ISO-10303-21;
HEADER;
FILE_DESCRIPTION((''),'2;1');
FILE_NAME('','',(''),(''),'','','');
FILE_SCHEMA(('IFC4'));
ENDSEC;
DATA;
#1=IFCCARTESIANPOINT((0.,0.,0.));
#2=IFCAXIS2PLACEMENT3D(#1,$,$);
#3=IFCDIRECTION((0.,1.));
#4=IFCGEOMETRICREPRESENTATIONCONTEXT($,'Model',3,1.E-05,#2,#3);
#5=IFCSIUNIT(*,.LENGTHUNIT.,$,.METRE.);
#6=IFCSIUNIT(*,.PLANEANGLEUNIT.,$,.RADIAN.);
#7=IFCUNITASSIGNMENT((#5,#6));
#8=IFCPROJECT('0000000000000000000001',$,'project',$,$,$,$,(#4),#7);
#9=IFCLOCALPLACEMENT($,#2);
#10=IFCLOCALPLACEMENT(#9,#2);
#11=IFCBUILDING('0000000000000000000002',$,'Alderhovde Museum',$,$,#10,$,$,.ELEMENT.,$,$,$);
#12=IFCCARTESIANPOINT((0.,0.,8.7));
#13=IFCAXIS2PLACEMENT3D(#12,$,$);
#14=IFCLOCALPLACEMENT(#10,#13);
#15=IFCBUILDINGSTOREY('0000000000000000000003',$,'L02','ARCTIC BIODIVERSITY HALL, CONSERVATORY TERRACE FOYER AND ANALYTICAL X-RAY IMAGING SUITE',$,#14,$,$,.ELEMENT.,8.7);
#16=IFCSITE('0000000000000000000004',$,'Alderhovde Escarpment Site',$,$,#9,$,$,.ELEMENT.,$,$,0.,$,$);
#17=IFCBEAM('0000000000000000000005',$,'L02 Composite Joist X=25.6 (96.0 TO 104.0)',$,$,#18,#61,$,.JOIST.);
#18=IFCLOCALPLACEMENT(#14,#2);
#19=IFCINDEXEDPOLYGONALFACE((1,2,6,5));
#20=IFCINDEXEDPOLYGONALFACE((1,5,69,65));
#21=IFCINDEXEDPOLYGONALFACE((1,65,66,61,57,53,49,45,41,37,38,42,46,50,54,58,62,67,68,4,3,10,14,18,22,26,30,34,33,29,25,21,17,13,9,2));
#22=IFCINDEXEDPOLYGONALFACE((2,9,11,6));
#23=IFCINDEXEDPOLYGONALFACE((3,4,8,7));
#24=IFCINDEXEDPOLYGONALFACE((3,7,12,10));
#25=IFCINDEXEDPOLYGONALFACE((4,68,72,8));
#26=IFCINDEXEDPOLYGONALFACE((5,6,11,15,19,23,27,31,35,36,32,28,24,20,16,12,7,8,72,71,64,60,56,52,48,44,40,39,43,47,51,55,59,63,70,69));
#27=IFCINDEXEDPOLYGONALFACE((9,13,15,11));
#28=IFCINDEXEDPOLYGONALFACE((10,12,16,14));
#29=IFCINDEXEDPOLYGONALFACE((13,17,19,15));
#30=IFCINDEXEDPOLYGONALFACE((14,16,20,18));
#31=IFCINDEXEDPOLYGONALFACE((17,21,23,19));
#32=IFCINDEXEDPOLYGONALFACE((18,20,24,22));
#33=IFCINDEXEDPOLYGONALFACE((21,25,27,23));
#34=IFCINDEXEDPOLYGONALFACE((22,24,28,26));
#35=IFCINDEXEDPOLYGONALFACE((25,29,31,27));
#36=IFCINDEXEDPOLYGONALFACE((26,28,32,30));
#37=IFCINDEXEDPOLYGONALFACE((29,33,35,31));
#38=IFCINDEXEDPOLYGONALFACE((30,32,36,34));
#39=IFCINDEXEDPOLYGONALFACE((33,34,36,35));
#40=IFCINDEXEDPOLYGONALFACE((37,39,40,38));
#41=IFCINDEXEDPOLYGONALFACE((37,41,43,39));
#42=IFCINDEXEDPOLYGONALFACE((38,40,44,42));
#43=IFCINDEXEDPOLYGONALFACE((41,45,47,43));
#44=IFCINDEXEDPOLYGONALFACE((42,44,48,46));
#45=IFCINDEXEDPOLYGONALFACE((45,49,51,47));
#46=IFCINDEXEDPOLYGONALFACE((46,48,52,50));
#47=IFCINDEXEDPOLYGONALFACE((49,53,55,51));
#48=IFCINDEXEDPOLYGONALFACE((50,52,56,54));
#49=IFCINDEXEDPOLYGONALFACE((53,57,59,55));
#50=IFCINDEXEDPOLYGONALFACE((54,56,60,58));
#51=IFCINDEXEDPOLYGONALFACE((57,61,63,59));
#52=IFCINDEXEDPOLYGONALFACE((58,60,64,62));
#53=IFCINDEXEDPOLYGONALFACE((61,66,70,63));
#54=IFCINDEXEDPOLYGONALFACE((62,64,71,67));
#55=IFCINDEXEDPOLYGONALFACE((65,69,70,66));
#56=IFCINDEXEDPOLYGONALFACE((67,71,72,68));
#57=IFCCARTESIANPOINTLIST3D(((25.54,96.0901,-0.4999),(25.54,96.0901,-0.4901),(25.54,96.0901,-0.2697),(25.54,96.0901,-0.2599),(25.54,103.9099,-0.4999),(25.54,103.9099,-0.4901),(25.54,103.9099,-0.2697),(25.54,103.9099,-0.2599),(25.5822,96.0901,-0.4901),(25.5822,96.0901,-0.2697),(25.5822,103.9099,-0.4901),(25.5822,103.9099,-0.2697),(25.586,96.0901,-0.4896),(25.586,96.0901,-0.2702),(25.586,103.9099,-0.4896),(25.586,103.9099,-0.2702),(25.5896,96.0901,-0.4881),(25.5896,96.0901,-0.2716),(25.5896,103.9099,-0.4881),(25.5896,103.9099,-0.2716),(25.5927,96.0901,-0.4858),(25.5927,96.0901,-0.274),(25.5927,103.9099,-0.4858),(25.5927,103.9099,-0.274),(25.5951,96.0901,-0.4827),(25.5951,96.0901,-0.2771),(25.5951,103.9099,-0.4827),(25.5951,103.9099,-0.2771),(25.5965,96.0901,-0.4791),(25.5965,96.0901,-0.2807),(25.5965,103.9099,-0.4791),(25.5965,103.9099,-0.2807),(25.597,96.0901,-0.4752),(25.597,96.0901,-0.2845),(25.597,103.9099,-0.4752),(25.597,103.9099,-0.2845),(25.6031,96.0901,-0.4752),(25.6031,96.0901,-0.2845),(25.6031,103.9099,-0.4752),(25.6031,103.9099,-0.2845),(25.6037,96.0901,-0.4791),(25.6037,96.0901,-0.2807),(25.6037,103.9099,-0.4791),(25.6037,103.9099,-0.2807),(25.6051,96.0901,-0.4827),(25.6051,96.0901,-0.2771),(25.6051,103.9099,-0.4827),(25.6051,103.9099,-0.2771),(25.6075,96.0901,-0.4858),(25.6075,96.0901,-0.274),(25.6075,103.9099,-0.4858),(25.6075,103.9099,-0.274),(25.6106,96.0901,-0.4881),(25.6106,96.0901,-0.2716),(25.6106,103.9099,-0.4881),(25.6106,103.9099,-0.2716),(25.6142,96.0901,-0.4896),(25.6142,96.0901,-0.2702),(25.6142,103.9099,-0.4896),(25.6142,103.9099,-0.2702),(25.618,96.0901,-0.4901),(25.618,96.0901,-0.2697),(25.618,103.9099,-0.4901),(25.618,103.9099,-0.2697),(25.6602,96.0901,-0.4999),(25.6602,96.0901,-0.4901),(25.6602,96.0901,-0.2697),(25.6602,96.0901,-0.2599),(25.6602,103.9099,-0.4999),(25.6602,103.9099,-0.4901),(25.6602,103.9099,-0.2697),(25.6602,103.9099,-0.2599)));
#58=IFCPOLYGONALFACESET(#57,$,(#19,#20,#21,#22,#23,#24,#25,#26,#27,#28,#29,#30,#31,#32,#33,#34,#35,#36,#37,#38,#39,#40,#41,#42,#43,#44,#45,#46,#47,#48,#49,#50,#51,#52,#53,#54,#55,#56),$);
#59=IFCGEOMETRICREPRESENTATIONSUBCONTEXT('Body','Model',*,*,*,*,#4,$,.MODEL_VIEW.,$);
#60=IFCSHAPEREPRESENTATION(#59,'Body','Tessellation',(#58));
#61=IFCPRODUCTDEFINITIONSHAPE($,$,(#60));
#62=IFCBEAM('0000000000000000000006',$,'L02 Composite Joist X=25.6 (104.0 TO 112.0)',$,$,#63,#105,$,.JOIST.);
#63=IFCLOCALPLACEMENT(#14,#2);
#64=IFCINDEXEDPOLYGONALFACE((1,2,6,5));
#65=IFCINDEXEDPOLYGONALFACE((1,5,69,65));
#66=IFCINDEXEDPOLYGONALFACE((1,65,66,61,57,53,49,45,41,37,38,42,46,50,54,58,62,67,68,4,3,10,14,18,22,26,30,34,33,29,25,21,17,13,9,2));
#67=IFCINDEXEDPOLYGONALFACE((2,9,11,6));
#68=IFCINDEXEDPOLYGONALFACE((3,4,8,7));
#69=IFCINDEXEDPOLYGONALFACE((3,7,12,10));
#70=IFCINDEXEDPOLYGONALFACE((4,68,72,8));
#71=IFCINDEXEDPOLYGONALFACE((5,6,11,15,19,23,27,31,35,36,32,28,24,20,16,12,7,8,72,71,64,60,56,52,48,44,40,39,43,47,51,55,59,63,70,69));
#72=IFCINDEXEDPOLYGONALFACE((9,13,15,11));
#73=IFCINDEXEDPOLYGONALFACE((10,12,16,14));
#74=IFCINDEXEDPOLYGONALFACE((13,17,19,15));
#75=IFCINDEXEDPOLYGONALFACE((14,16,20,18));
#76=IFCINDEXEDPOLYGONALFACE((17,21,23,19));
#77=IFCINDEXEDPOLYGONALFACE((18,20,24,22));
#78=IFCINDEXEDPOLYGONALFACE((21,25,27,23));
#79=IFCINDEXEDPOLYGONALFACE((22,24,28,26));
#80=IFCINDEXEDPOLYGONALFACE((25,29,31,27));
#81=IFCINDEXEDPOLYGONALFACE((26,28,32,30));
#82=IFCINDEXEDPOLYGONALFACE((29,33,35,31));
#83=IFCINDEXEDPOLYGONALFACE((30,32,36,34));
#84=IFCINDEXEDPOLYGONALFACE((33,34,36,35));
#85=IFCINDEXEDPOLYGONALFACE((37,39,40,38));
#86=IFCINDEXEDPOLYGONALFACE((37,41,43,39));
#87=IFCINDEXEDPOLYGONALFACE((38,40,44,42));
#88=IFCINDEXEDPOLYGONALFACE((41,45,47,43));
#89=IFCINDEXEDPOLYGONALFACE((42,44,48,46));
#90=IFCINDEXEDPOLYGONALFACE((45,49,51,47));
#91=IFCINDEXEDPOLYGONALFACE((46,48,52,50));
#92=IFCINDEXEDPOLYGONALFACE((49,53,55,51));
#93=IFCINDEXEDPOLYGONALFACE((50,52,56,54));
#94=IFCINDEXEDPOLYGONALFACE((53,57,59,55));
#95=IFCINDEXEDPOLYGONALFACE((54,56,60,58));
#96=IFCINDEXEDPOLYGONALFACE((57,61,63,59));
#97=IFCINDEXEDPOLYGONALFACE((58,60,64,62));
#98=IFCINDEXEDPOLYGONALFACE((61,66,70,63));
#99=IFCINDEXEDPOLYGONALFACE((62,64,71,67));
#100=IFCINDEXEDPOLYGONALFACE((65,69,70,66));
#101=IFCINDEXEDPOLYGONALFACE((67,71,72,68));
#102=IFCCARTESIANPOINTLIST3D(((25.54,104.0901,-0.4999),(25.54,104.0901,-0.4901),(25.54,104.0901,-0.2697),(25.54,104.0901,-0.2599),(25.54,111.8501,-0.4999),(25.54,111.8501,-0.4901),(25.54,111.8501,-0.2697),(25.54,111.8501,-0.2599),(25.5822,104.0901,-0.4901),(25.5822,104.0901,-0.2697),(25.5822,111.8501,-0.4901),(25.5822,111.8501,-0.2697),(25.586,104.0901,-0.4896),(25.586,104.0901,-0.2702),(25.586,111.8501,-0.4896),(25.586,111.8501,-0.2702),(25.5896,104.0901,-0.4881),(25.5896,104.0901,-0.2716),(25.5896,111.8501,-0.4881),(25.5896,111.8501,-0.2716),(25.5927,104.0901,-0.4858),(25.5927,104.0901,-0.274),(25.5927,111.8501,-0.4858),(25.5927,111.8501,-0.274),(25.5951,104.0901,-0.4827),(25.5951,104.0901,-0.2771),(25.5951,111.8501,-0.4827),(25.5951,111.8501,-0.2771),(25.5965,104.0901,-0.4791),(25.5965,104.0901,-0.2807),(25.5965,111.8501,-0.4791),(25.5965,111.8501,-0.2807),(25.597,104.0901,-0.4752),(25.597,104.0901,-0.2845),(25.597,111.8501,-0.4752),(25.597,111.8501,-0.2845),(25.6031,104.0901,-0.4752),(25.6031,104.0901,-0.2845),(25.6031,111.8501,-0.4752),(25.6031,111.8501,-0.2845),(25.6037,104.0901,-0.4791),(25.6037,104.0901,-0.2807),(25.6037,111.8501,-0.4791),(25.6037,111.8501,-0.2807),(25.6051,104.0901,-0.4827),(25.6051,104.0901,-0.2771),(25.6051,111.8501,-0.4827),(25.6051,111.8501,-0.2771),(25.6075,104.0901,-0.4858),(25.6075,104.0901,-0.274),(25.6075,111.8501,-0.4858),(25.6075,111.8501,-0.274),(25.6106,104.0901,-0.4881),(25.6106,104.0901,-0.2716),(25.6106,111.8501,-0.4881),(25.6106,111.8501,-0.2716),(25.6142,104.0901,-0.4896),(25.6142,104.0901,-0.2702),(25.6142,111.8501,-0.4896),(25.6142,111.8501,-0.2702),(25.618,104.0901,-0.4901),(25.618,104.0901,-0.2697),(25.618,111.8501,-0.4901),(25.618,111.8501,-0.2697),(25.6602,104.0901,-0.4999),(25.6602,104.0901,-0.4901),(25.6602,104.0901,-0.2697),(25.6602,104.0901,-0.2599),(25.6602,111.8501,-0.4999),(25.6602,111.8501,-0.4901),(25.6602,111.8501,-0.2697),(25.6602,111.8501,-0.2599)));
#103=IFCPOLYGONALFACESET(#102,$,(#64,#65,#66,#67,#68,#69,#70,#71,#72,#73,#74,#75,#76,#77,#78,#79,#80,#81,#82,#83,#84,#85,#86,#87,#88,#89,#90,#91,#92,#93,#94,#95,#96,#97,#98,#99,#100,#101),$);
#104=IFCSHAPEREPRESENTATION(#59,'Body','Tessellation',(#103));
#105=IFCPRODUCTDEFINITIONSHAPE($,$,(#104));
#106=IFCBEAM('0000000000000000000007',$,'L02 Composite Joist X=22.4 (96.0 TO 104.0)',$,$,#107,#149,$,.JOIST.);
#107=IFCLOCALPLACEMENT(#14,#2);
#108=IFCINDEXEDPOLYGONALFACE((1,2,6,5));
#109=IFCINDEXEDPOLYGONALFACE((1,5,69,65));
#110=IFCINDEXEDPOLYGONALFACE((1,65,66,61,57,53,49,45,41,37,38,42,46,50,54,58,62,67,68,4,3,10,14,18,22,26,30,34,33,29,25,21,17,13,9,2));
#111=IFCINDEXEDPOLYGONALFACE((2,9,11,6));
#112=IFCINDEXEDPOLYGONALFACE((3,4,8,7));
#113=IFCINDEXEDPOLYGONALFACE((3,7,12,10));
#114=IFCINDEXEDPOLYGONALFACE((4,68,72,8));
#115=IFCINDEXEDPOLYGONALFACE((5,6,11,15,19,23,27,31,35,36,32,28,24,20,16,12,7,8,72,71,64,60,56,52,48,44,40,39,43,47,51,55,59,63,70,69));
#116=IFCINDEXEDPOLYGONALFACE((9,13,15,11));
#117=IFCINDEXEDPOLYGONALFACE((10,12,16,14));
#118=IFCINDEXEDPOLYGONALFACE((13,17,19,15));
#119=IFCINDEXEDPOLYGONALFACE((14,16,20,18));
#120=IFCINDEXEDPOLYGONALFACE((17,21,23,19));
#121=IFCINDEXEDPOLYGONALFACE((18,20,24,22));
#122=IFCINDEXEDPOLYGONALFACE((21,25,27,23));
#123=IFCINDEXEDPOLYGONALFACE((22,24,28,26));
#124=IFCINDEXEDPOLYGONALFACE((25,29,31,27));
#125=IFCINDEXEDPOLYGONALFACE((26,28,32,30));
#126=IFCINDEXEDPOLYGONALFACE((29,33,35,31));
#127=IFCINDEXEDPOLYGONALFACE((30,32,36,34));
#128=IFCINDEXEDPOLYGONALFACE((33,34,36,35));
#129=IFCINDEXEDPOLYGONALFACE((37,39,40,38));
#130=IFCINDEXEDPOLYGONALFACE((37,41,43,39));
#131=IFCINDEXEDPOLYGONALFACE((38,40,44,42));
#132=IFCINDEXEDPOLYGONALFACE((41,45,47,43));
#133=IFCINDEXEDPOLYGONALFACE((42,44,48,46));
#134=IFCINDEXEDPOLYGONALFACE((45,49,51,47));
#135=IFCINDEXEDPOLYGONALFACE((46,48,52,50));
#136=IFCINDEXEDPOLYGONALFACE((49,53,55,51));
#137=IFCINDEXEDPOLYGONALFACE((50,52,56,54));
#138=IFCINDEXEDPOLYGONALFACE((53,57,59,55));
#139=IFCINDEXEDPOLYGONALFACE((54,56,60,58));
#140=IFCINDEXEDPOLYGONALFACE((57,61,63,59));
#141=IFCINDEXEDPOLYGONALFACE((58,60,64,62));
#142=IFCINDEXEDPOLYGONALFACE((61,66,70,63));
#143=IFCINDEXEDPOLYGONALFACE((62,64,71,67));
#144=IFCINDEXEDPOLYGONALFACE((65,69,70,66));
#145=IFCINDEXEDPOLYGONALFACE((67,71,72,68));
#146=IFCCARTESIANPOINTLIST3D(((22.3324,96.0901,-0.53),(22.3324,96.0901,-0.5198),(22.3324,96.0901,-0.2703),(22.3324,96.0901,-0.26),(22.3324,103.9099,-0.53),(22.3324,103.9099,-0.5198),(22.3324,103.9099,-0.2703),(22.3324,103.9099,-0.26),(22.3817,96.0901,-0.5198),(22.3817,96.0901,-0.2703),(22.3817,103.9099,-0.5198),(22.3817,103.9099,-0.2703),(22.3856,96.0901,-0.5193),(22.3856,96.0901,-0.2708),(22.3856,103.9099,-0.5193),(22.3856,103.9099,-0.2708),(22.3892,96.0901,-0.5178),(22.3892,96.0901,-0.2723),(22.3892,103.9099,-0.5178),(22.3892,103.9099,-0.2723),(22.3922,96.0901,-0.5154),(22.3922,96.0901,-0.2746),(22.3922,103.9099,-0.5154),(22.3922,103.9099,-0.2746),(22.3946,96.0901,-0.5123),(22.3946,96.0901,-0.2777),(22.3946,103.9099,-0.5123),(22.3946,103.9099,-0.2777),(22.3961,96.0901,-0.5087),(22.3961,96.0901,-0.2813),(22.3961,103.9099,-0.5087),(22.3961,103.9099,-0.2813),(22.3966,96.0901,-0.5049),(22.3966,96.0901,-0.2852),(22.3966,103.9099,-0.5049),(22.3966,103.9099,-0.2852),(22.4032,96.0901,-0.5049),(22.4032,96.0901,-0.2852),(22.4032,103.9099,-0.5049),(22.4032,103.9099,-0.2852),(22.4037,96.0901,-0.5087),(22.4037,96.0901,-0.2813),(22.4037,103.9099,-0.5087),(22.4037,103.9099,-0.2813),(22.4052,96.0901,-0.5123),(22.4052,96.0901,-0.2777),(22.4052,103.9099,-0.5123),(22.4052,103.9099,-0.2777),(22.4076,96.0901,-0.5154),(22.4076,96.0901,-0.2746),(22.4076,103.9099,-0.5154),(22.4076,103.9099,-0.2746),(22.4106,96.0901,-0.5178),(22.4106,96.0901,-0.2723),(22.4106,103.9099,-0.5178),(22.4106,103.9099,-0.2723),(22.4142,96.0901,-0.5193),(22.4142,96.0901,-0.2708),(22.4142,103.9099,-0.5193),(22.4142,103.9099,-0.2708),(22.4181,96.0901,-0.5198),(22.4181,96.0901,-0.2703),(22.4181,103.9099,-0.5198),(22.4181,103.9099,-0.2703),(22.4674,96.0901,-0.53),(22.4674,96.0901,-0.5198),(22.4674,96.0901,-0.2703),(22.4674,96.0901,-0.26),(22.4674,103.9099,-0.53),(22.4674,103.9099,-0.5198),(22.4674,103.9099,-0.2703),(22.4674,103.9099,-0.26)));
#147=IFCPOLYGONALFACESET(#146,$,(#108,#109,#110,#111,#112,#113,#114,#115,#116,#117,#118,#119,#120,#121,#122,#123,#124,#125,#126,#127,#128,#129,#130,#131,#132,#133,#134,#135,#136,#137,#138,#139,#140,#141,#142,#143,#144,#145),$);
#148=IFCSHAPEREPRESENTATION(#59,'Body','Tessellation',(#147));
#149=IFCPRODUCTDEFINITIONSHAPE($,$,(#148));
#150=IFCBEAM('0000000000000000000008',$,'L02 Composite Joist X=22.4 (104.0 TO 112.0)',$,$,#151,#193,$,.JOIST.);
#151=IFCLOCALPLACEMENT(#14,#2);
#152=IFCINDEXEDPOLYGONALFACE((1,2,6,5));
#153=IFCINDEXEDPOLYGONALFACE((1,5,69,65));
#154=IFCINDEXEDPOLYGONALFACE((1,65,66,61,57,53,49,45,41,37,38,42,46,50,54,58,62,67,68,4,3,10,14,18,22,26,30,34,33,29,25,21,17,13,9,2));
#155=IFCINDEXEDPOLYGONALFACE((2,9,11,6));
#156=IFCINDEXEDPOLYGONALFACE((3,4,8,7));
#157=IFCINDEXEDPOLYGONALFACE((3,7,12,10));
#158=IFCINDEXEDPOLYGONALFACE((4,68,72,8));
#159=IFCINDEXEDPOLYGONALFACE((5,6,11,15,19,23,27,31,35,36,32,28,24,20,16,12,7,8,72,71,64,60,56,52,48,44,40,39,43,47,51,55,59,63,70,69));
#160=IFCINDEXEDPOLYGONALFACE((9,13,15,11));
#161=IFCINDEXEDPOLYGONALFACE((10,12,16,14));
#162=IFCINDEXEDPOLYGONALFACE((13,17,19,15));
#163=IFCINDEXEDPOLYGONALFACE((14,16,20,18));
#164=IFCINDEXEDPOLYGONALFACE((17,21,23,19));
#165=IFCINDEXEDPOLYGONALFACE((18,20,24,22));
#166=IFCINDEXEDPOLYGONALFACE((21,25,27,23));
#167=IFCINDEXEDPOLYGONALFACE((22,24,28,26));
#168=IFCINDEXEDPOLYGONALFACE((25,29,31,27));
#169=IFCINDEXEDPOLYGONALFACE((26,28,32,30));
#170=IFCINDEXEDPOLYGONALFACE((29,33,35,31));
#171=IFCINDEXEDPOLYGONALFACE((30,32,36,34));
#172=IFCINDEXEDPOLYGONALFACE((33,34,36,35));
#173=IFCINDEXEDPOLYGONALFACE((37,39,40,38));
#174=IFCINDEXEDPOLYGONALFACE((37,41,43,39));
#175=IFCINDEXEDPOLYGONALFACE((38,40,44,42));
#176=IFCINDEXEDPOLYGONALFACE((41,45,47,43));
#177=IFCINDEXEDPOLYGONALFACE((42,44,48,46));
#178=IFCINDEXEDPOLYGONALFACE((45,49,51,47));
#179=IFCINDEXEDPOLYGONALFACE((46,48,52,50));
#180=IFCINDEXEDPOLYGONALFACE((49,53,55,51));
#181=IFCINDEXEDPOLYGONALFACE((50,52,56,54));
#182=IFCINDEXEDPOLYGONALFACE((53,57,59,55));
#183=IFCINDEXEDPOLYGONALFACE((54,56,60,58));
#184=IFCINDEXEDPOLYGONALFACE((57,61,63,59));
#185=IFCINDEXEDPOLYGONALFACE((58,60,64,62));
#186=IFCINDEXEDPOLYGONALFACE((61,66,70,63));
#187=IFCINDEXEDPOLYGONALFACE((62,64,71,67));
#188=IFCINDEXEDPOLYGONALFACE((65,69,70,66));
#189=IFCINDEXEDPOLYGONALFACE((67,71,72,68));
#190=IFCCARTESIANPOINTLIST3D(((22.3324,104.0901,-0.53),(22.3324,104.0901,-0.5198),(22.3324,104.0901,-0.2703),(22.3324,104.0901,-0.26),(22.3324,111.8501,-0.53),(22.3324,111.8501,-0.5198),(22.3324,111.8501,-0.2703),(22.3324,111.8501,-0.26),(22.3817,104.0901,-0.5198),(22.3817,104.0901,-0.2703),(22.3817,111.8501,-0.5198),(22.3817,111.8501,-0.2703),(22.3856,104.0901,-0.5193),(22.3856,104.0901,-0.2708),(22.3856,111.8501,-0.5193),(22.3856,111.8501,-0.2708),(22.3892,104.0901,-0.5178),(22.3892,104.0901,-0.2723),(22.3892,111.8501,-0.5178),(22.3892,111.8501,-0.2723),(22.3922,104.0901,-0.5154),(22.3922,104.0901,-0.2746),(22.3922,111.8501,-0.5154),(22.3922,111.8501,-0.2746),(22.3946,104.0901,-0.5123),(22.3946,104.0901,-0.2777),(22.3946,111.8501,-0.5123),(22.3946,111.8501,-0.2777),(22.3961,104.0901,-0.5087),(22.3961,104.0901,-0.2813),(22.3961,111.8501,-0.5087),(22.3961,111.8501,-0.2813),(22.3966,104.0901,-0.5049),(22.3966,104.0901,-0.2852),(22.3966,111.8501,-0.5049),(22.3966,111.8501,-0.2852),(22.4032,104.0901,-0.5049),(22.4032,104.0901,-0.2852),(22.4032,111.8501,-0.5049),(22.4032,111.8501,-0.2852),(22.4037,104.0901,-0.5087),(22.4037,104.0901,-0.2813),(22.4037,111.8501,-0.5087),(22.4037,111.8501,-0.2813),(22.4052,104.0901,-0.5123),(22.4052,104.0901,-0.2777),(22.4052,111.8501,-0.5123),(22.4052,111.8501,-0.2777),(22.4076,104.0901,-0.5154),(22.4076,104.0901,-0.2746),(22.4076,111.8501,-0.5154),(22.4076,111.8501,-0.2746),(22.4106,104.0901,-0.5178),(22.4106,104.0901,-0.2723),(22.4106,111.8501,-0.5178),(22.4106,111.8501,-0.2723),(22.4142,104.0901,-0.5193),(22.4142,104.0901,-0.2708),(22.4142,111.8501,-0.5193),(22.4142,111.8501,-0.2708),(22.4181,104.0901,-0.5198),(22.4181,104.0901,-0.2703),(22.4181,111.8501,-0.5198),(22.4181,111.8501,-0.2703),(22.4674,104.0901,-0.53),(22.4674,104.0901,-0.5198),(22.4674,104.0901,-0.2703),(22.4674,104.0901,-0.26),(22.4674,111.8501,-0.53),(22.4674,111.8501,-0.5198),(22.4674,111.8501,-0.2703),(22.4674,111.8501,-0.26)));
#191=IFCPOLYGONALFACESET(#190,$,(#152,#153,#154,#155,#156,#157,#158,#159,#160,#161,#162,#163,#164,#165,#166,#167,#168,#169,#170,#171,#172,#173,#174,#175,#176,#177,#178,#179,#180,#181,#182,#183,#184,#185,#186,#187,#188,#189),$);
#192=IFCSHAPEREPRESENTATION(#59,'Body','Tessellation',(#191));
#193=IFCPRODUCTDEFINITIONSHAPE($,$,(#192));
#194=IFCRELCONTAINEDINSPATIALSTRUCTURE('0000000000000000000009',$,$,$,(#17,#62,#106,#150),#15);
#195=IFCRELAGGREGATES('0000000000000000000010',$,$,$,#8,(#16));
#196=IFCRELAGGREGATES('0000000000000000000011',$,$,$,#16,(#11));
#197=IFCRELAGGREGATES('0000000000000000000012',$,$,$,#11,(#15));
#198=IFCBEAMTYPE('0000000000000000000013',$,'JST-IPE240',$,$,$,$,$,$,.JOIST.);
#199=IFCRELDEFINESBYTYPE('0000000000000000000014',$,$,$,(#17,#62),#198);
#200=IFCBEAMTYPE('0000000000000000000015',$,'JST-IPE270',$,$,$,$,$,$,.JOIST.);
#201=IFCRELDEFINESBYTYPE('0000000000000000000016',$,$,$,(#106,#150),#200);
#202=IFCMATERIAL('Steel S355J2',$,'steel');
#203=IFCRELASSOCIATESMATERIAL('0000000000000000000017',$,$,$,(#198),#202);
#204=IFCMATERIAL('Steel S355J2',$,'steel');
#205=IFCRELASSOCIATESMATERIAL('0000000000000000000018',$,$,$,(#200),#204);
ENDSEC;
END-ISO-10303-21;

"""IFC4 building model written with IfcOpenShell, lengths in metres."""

from ifc_helpers import new_model, si_unit, direction, frame, origin, origin_2d, place, context, subcontext, project, spatial, i_section, extrude, material, material_profile, profile_set, type_object, element, save


model = new_model("IFC4")

# Units and contexts
model_context = context("Model", 3, precision=1e-05, world=origin(), true_north=direction((0.0, 1.0)))
body_context = subcontext(model_context, "Body", "Model", "MODEL_VIEW")
ifc_project = project(units=[si_unit("LENGTHUNIT", "METRE"), si_unit("PLANEANGLEUNIT", "RADIAN")], contexts=[model_context])

# Site, building, storey
site_placement = place(None, origin())
site = spatial("IfcSite", under=ifc_project, at=site_placement, Name="Alderhovde Escarpment Site", CompositionType="ELEMENT", RefElevation=0.0)
building_placement = place(site_placement, origin())
building = spatial("IfcBuilding", under=site, at=building_placement, Name="Alderhovde Museum", CompositionType="ELEMENT")
storey_placement = place(building_placement, frame((0.0, 0.0, 8.7)))
storey = spatial("IfcBuildingStorey", under=building, at=storey_placement, Name="L02", Description="ARCTIC BIODIVERSITY HALL, CONSERVATORY TERRACE FOYER AND ANALYTICAL X-RAY IMAGING SUITE", CompositionType="ELEMENT", Elevation=8.7)

# Beams
ifc_material_1 = material(Name="Steel S355J2", Category="steel")
ifc_material_profile_1 = material_profile(ifc_material_1, i_section(OverallWidth=0.1201, OverallDepth=0.24, WebThickness=0.0061, FlangeThickness=0.0098, FilletRadius=0.0149, at=origin_2d()), Name="IPE 240")
ifc_profile_set_1 = profile_set([ifc_material_profile_1], Name="Steel S355J2")
beam_type_1 = type_object("IfcBeamType", Name="JST-IPE240", PredefinedType="JOIST", material=ifc_profile_set_1)
beam_1_placement = place(storey_placement, frame((25.6001, 96.0901, -0.3799), z_axis=(0.0, 1.0, 0.0), x_axis=(-1.0, 0.0, 0.0)))
element("IfcBeam", 1, at=beam_1_placement, inside=storey, type_object=beam_type_1, Name="L02 Composite Joist X=25.6 (96.0 TO 104.0)", PredefinedType="JOIST", context=body_context, shape_type="SweptSolid", body=[
    extrude(i_section(OverallWidth=0.1201, OverallDepth=0.24, WebThickness=0.0061, FlangeThickness=0.0098, FilletRadius=0.0149, at=origin_2d()), origin(), (0.0, 0.0, 1.0), 7.8198),
])
beam_2_placement = place(storey_placement, frame((25.6001, 104.0901, -0.3799), z_axis=(0.0, 1.0, 0.0), x_axis=(-1.0, 0.0, 0.0)))
element("IfcBeam", 2, at=beam_2_placement, inside=storey, type_object=beam_type_1, Name="L02 Composite Joist X=25.6 (104.0 TO 112.0)", PredefinedType="JOIST", context=body_context, shape_type="SweptSolid", body=[
    extrude(i_section(OverallWidth=0.1201, OverallDepth=0.24, WebThickness=0.0061, FlangeThickness=0.0098, FilletRadius=0.0149, at=origin_2d()), origin(), (0.0, 0.0, 1.0), 7.76),
])
ifc_material_2 = material(Name="Steel S355J2", Category="steel")
ifc_material_profile_2 = material_profile(ifc_material_2, i_section(OverallWidth=0.135, OverallDepth=0.27, WebThickness=0.0066, FlangeThickness=0.0103, FilletRadius=0.0149, at=origin_2d()), Name="IPE 270")
ifc_profile_set_2 = profile_set([ifc_material_profile_2], Name="Steel S355J2")
beam_type_2 = type_object("IfcBeamType", Name="JST-IPE270", PredefinedType="JOIST", material=ifc_profile_set_2)
beam_3_placement = place(storey_placement, frame((22.3999, 96.0901, -0.395), z_axis=(0.0, 1.0, 0.0), x_axis=(-1.0, 0.0, 0.0)))
element("IfcBeam", 3, at=beam_3_placement, inside=storey, type_object=beam_type_2, Name="L02 Composite Joist X=22.4 (96.0 TO 104.0)", PredefinedType="JOIST", context=body_context, shape_type="SweptSolid", body=[
    extrude(i_section(OverallWidth=0.135, OverallDepth=0.27, WebThickness=0.0066, FlangeThickness=0.0103, FilletRadius=0.0149, at=origin_2d()), origin(), (0.0, 0.0, 1.0), 7.8198),
])
beam_4_placement = place(storey_placement, frame((22.3999, 104.0901, -0.395), z_axis=(0.0, 1.0, 0.0), x_axis=(-1.0, 0.0, 0.0)))
element("IfcBeam", 4, at=beam_4_placement, inside=storey, type_object=beam_type_2, Name="L02 Composite Joist X=22.4 (104.0 TO 112.0)", PredefinedType="JOIST", context=body_context, shape_type="SweptSolid", body=[
    extrude(i_section(OverallWidth=0.135, OverallDepth=0.27, WebThickness=0.0066, FlangeThickness=0.0103, FilletRadius=0.0149, at=origin_2d()), origin(), (0.0, 0.0, 1.0), 7.76),
])

save(model, "model.ifc")
